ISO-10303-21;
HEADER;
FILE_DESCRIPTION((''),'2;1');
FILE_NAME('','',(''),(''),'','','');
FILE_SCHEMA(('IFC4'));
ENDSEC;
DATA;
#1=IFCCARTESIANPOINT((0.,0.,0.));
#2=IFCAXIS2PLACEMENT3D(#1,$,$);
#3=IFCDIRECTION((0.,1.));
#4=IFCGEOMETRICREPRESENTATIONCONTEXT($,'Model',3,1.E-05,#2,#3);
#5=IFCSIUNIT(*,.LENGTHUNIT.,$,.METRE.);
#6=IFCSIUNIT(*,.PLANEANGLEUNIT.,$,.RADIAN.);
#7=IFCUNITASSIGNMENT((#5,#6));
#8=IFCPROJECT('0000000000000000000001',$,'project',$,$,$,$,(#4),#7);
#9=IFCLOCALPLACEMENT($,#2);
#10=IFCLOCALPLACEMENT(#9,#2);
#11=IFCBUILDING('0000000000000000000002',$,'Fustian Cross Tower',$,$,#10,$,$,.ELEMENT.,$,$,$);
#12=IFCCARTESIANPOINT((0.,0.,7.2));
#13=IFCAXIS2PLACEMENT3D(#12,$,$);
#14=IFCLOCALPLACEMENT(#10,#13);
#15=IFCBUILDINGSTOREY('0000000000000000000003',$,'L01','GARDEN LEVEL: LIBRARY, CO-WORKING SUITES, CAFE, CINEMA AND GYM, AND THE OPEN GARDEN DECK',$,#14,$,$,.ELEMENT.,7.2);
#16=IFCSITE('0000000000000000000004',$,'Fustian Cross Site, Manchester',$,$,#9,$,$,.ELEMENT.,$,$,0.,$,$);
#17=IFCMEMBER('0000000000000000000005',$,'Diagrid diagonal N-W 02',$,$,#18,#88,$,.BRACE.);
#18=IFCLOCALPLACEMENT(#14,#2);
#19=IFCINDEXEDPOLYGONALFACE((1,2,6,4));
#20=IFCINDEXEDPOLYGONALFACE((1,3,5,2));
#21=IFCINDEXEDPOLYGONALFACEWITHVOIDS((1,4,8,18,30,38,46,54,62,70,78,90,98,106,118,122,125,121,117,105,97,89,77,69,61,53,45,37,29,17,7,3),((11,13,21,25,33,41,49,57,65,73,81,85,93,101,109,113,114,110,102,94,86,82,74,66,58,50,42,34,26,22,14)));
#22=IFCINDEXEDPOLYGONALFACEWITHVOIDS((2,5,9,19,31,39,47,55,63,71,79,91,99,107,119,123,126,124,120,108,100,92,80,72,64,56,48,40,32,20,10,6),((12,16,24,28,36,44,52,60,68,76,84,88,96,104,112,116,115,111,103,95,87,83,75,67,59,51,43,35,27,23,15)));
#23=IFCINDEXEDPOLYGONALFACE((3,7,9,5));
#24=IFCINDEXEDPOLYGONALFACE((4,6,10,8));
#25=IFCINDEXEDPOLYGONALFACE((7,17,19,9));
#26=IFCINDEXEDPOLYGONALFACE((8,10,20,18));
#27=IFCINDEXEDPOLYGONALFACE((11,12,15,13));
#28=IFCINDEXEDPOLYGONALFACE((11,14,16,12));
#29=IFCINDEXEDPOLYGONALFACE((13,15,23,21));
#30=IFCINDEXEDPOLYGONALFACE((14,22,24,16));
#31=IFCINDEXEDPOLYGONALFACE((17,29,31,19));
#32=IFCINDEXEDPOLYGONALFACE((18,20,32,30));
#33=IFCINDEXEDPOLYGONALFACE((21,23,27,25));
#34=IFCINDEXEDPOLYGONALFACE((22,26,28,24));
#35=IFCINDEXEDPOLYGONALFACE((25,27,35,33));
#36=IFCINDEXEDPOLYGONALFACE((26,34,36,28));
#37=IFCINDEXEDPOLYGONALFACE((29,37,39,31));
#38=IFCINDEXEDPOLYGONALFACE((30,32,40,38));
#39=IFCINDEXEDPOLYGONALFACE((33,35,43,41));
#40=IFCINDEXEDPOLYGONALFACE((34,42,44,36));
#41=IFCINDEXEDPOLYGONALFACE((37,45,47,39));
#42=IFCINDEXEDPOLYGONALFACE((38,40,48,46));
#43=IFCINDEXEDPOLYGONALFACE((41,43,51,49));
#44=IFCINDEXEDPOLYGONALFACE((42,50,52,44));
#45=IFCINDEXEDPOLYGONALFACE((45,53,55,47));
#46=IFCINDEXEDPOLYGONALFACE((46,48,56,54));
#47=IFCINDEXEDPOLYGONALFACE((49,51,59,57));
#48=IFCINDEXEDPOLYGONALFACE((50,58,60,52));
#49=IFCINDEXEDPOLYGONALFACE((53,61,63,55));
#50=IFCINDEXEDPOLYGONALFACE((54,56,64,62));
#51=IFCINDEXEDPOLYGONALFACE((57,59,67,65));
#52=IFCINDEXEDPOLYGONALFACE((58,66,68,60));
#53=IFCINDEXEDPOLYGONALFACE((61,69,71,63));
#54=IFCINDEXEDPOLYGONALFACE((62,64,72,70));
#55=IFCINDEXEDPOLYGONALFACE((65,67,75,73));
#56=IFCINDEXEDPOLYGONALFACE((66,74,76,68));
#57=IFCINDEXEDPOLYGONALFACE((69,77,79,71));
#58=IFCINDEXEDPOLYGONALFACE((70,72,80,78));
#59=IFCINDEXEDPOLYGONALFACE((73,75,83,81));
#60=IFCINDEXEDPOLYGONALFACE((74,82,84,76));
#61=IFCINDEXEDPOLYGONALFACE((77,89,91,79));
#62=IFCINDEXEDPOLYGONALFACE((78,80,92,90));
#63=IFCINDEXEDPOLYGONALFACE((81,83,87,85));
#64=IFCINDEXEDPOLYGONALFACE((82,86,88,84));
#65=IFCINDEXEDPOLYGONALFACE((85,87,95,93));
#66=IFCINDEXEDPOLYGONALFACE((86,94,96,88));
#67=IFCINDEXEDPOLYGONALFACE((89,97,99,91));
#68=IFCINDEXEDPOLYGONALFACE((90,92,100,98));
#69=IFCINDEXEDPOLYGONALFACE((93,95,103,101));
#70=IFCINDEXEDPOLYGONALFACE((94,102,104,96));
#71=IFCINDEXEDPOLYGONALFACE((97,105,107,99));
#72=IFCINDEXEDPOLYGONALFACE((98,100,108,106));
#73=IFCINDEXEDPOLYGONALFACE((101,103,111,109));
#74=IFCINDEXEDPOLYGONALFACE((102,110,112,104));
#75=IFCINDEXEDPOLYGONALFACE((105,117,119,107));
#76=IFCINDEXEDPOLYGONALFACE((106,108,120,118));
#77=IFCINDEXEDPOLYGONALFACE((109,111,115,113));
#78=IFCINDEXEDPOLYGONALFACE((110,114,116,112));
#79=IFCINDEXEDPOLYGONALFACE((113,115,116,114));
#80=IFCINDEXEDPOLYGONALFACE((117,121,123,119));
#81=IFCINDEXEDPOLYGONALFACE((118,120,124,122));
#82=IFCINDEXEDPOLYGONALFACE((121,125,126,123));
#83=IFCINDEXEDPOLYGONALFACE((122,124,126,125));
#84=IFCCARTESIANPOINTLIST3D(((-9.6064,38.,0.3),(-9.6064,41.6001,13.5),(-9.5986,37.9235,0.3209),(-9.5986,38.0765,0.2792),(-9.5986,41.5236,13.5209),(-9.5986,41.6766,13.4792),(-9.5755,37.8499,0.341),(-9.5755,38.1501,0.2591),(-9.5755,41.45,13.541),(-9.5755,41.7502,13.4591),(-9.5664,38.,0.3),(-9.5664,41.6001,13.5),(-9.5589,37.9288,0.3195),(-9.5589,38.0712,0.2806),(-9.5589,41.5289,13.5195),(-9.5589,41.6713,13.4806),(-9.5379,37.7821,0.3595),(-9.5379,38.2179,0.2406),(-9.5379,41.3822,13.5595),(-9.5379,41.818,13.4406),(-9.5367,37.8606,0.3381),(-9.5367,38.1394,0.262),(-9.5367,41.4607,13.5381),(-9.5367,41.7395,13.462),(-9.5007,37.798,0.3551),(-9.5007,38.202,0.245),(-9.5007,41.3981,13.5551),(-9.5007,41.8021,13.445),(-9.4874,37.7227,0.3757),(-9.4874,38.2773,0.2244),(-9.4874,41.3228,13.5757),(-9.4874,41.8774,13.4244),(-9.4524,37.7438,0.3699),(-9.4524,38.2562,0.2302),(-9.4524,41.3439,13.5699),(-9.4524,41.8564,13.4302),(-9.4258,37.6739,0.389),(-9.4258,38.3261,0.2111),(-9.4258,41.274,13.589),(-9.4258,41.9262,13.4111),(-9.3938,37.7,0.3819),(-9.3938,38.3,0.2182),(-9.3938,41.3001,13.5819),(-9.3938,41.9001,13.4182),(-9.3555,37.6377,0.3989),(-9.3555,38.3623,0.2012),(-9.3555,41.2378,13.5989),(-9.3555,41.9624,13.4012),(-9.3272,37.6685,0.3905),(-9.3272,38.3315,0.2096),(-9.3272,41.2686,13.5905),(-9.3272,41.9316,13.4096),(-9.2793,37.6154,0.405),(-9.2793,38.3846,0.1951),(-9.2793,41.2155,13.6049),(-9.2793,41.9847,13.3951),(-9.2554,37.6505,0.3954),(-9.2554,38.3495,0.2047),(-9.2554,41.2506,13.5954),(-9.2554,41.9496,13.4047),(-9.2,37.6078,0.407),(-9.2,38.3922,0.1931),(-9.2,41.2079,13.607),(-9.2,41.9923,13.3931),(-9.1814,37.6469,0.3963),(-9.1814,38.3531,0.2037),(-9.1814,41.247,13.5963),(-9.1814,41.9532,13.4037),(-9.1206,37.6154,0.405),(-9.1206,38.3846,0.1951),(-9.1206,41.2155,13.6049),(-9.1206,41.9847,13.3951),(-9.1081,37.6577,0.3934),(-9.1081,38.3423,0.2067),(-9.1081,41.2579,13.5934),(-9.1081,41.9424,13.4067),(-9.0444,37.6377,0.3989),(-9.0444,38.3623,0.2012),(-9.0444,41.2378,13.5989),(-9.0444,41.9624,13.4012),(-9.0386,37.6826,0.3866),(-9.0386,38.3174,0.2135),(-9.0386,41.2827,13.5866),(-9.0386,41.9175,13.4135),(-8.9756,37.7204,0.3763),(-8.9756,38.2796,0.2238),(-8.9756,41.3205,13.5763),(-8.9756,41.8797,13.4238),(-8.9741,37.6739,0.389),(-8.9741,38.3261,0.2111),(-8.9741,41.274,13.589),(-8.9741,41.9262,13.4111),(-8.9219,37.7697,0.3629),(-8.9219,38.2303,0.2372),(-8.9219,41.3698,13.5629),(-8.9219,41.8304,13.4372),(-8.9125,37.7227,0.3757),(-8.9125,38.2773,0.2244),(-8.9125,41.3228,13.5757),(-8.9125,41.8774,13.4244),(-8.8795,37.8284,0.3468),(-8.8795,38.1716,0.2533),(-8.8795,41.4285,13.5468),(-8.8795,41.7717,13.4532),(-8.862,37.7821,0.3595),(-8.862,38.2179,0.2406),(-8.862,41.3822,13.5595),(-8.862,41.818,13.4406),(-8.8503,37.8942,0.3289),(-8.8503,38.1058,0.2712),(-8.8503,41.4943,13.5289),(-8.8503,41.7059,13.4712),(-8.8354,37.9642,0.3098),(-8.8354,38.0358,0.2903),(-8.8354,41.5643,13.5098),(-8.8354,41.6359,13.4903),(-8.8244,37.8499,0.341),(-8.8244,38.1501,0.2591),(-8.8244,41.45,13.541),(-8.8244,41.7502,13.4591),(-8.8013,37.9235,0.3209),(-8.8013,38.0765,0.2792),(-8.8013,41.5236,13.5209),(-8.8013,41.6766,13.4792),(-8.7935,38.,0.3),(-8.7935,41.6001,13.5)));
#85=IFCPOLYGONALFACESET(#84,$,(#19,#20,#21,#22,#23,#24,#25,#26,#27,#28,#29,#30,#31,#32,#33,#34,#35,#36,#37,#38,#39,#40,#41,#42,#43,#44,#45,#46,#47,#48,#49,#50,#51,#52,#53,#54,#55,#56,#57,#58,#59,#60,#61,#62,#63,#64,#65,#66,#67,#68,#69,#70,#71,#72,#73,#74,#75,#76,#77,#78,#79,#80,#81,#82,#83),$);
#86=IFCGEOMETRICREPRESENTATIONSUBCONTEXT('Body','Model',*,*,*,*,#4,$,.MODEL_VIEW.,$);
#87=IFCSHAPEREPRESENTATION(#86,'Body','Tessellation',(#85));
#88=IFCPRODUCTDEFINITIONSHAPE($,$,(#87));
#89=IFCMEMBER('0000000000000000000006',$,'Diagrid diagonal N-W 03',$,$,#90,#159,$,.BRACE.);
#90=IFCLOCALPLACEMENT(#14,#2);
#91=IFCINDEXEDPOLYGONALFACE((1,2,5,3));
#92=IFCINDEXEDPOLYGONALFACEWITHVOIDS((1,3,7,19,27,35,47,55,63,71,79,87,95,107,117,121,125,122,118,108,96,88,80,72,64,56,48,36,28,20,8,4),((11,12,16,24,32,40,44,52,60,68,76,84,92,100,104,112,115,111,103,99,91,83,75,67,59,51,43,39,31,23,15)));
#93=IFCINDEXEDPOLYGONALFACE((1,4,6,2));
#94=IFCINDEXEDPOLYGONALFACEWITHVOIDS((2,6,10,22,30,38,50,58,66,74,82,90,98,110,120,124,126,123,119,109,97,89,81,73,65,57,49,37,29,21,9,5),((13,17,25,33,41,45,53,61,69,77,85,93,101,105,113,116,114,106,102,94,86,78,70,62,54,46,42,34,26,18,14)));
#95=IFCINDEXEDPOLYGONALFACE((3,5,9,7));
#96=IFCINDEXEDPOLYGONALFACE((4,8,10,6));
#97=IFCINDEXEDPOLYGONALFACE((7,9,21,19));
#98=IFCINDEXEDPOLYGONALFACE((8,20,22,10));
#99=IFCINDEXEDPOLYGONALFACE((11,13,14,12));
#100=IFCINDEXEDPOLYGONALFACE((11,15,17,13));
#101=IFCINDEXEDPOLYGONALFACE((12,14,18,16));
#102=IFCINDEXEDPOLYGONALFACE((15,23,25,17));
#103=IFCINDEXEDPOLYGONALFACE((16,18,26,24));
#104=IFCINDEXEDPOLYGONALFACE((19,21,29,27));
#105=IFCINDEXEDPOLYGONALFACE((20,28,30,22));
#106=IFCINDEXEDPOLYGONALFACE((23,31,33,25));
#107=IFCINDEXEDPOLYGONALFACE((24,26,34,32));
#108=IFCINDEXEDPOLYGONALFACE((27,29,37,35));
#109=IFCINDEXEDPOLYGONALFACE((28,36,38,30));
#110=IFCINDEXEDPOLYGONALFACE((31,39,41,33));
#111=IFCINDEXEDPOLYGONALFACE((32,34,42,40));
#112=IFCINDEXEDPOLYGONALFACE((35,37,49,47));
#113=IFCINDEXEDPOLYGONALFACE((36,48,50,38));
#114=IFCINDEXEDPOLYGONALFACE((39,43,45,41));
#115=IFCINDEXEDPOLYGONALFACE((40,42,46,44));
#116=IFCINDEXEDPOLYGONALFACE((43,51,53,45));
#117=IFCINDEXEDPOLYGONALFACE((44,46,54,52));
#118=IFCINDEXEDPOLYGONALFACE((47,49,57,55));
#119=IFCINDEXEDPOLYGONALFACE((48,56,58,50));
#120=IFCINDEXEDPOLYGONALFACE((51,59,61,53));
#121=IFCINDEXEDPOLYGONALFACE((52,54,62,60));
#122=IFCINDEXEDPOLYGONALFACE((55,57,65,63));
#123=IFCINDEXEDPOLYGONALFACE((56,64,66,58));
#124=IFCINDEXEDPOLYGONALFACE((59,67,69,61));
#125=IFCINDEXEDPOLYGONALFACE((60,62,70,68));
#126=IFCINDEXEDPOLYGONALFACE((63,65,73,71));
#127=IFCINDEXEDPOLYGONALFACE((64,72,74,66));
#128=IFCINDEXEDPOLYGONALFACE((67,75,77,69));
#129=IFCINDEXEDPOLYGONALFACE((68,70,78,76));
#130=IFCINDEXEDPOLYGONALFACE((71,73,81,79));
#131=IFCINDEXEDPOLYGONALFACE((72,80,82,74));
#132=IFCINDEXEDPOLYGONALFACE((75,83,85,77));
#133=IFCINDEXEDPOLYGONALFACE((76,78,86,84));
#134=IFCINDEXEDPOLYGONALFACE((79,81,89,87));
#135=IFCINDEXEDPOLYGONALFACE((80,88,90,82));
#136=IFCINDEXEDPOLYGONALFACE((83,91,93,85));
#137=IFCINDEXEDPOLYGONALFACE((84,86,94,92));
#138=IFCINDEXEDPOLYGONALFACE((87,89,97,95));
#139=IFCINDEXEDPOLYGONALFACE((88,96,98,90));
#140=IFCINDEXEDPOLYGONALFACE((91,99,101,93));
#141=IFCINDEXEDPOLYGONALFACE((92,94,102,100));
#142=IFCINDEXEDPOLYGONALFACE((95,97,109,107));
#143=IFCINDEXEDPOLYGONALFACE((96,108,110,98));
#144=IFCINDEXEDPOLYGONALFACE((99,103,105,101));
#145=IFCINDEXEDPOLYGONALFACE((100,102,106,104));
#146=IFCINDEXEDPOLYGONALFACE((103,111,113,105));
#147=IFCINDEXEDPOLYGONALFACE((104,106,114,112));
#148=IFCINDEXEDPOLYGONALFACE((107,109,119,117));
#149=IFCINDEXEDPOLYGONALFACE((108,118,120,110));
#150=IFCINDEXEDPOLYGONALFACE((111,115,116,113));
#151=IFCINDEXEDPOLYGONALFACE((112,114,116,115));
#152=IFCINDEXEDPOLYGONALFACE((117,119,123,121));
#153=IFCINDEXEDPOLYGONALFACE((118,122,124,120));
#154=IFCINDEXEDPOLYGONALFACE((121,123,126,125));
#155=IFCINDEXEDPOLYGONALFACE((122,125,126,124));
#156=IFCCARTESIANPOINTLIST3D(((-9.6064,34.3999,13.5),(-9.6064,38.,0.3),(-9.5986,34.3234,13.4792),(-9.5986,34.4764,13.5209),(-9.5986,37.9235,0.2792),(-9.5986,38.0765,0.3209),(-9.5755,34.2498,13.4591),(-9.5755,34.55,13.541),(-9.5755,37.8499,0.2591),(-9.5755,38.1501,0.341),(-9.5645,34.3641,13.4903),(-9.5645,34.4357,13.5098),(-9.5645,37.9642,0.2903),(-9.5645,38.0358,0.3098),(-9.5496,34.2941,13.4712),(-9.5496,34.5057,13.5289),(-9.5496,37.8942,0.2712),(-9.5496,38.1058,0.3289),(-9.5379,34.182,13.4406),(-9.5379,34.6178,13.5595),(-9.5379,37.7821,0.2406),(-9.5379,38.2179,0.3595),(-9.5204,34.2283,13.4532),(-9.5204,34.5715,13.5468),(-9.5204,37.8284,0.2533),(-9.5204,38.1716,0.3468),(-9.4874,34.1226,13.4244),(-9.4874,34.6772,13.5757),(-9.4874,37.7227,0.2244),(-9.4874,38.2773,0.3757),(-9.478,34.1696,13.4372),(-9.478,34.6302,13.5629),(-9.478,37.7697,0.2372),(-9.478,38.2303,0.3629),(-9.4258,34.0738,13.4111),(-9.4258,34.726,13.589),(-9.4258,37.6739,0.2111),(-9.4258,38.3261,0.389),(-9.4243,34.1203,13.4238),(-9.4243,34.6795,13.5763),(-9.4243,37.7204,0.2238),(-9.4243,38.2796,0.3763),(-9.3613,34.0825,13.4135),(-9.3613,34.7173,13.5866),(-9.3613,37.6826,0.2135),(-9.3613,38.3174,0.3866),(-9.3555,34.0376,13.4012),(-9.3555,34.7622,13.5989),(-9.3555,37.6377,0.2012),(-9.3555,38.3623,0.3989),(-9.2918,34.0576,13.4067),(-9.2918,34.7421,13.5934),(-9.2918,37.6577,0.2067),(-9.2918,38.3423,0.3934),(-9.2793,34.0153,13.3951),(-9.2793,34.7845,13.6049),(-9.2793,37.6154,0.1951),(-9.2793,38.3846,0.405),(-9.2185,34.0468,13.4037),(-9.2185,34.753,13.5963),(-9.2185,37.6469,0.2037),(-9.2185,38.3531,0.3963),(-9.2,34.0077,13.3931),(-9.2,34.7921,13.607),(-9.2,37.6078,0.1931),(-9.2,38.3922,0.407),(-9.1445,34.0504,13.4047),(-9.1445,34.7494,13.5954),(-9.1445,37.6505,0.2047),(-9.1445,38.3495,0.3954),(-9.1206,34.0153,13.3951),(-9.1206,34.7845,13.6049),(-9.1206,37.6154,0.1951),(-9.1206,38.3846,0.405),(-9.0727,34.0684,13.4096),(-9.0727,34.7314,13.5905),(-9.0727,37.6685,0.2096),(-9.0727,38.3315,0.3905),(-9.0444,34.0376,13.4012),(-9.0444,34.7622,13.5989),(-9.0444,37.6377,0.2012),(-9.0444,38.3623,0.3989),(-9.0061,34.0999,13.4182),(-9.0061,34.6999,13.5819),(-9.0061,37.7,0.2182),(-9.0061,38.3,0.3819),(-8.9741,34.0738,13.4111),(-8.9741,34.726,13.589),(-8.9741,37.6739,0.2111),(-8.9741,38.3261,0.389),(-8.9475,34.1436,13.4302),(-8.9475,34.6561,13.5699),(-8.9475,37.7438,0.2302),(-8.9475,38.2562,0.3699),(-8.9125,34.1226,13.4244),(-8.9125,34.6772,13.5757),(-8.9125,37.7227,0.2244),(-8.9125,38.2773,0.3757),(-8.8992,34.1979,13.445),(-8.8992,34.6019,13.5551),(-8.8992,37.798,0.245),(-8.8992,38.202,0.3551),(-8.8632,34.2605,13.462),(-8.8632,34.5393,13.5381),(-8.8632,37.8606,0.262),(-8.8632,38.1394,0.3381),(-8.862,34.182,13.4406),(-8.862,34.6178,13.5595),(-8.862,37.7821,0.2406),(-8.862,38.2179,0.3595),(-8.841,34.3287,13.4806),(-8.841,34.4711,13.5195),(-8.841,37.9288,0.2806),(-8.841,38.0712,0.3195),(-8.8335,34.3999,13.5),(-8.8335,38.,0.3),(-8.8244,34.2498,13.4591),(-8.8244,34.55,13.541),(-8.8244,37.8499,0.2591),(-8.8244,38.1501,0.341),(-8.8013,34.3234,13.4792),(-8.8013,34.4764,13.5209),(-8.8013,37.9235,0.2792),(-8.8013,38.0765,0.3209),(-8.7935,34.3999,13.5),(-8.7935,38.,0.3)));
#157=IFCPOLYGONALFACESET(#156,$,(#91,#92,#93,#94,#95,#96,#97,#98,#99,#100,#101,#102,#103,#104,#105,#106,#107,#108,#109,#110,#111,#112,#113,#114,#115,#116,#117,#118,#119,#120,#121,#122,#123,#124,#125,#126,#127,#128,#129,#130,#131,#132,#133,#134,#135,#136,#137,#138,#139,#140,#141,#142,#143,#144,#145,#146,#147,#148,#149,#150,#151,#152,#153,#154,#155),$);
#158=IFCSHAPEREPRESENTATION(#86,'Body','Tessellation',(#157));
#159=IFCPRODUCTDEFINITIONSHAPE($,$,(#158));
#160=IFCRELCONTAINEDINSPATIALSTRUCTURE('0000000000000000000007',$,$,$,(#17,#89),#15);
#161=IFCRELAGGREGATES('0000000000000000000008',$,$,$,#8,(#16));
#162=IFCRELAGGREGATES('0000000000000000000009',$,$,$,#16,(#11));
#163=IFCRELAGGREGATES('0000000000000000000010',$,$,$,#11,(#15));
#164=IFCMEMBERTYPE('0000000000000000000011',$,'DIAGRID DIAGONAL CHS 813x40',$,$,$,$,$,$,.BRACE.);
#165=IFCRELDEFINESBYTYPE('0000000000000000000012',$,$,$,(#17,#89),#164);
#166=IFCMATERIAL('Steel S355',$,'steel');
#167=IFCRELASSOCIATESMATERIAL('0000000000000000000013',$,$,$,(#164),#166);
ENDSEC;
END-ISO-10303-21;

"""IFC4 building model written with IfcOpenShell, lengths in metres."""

from ifc_helpers import new_model, si_unit, direction, frame, origin, origin_2d, place, context, subcontext, project, spatial, hollow_circle, extrude, material, material_profile, profile_set, type_object, element, save


model = new_model("IFC4")

# Units and contexts
model_context = context("Model", 3, precision=1e-05, world=origin(), true_north=direction((0.0, 1.0)))
body_context = subcontext(model_context, "Body", "Model", "MODEL_VIEW")
ifc_project = project(units=[si_unit("LENGTHUNIT", "METRE"), si_unit("PLANEANGLEUNIT", "RADIAN")], contexts=[model_context])

# Site, building, storey
site_placement = place(None, origin())
site = spatial("IfcSite", under=ifc_project, at=site_placement, Name="Fustian Cross Site, Manchester", CompositionType="ELEMENT", RefElevation=0.0)
building_placement = place(site_placement, origin())
building = spatial("IfcBuilding", under=site, at=building_placement, Name="Fustian Cross Tower", CompositionType="ELEMENT")
storey_placement = place(building_placement, frame((0.0, 0.0, 7.2)))
storey = spatial("IfcBuildingStorey", under=building, at=storey_placement, Name="L01", Description="GARDEN LEVEL: LIBRARY, CO-WORKING SUITES, CAFE, CINEMA AND GYM, AND THE OPEN GARDEN DECK", CompositionType="ELEMENT", Elevation=7.2)

# Members
ifc_material_1 = material(Name="Steel S355", Category="steel")
ifc_material_profile_1 = material_profile(ifc_material_1, hollow_circle(Radius=0.4065, WallThickness=0.04, at=origin_2d()), Name="CHS 813x40")
ifc_profile_set_1 = profile_set([ifc_material_profile_1], Name="Steel S355")
member_type_1 = type_object("IfcMemberType", Name="DIAGRID DIAGONAL CHS 813x40", PredefinedType="BRACE", material=ifc_profile_set_1)
for number, where, z_axis, x_axis, name in (
    (1, (-9.2, 38.0, 0.3), (0.0, 0.263125, 0.964762), (-1.0, 0.0, 0.0), "Diagrid diagonal N-W 02"),
    (2, (-9.2, 38.0, 0.3), (0.0, -0.263125, 0.964762), (1.0, 0.0, 0.0), "Diagrid diagonal N-W 03"),
):
    element("IfcMember", number, at=place(storey_placement, frame(where, z_axis=z_axis, x_axis=x_axis)), inside=storey, type_object=member_type_1, Name=name, PredefinedType="BRACE", context=body_context, shape_type="SweptSolid", body=[
        extrude(hollow_circle(Radius=0.4065, WallThickness=0.04, at=origin_2d()), origin(), (0.0, 0.0, 1.0), 13.6821),
    ])

save(model, "model.ifc")
